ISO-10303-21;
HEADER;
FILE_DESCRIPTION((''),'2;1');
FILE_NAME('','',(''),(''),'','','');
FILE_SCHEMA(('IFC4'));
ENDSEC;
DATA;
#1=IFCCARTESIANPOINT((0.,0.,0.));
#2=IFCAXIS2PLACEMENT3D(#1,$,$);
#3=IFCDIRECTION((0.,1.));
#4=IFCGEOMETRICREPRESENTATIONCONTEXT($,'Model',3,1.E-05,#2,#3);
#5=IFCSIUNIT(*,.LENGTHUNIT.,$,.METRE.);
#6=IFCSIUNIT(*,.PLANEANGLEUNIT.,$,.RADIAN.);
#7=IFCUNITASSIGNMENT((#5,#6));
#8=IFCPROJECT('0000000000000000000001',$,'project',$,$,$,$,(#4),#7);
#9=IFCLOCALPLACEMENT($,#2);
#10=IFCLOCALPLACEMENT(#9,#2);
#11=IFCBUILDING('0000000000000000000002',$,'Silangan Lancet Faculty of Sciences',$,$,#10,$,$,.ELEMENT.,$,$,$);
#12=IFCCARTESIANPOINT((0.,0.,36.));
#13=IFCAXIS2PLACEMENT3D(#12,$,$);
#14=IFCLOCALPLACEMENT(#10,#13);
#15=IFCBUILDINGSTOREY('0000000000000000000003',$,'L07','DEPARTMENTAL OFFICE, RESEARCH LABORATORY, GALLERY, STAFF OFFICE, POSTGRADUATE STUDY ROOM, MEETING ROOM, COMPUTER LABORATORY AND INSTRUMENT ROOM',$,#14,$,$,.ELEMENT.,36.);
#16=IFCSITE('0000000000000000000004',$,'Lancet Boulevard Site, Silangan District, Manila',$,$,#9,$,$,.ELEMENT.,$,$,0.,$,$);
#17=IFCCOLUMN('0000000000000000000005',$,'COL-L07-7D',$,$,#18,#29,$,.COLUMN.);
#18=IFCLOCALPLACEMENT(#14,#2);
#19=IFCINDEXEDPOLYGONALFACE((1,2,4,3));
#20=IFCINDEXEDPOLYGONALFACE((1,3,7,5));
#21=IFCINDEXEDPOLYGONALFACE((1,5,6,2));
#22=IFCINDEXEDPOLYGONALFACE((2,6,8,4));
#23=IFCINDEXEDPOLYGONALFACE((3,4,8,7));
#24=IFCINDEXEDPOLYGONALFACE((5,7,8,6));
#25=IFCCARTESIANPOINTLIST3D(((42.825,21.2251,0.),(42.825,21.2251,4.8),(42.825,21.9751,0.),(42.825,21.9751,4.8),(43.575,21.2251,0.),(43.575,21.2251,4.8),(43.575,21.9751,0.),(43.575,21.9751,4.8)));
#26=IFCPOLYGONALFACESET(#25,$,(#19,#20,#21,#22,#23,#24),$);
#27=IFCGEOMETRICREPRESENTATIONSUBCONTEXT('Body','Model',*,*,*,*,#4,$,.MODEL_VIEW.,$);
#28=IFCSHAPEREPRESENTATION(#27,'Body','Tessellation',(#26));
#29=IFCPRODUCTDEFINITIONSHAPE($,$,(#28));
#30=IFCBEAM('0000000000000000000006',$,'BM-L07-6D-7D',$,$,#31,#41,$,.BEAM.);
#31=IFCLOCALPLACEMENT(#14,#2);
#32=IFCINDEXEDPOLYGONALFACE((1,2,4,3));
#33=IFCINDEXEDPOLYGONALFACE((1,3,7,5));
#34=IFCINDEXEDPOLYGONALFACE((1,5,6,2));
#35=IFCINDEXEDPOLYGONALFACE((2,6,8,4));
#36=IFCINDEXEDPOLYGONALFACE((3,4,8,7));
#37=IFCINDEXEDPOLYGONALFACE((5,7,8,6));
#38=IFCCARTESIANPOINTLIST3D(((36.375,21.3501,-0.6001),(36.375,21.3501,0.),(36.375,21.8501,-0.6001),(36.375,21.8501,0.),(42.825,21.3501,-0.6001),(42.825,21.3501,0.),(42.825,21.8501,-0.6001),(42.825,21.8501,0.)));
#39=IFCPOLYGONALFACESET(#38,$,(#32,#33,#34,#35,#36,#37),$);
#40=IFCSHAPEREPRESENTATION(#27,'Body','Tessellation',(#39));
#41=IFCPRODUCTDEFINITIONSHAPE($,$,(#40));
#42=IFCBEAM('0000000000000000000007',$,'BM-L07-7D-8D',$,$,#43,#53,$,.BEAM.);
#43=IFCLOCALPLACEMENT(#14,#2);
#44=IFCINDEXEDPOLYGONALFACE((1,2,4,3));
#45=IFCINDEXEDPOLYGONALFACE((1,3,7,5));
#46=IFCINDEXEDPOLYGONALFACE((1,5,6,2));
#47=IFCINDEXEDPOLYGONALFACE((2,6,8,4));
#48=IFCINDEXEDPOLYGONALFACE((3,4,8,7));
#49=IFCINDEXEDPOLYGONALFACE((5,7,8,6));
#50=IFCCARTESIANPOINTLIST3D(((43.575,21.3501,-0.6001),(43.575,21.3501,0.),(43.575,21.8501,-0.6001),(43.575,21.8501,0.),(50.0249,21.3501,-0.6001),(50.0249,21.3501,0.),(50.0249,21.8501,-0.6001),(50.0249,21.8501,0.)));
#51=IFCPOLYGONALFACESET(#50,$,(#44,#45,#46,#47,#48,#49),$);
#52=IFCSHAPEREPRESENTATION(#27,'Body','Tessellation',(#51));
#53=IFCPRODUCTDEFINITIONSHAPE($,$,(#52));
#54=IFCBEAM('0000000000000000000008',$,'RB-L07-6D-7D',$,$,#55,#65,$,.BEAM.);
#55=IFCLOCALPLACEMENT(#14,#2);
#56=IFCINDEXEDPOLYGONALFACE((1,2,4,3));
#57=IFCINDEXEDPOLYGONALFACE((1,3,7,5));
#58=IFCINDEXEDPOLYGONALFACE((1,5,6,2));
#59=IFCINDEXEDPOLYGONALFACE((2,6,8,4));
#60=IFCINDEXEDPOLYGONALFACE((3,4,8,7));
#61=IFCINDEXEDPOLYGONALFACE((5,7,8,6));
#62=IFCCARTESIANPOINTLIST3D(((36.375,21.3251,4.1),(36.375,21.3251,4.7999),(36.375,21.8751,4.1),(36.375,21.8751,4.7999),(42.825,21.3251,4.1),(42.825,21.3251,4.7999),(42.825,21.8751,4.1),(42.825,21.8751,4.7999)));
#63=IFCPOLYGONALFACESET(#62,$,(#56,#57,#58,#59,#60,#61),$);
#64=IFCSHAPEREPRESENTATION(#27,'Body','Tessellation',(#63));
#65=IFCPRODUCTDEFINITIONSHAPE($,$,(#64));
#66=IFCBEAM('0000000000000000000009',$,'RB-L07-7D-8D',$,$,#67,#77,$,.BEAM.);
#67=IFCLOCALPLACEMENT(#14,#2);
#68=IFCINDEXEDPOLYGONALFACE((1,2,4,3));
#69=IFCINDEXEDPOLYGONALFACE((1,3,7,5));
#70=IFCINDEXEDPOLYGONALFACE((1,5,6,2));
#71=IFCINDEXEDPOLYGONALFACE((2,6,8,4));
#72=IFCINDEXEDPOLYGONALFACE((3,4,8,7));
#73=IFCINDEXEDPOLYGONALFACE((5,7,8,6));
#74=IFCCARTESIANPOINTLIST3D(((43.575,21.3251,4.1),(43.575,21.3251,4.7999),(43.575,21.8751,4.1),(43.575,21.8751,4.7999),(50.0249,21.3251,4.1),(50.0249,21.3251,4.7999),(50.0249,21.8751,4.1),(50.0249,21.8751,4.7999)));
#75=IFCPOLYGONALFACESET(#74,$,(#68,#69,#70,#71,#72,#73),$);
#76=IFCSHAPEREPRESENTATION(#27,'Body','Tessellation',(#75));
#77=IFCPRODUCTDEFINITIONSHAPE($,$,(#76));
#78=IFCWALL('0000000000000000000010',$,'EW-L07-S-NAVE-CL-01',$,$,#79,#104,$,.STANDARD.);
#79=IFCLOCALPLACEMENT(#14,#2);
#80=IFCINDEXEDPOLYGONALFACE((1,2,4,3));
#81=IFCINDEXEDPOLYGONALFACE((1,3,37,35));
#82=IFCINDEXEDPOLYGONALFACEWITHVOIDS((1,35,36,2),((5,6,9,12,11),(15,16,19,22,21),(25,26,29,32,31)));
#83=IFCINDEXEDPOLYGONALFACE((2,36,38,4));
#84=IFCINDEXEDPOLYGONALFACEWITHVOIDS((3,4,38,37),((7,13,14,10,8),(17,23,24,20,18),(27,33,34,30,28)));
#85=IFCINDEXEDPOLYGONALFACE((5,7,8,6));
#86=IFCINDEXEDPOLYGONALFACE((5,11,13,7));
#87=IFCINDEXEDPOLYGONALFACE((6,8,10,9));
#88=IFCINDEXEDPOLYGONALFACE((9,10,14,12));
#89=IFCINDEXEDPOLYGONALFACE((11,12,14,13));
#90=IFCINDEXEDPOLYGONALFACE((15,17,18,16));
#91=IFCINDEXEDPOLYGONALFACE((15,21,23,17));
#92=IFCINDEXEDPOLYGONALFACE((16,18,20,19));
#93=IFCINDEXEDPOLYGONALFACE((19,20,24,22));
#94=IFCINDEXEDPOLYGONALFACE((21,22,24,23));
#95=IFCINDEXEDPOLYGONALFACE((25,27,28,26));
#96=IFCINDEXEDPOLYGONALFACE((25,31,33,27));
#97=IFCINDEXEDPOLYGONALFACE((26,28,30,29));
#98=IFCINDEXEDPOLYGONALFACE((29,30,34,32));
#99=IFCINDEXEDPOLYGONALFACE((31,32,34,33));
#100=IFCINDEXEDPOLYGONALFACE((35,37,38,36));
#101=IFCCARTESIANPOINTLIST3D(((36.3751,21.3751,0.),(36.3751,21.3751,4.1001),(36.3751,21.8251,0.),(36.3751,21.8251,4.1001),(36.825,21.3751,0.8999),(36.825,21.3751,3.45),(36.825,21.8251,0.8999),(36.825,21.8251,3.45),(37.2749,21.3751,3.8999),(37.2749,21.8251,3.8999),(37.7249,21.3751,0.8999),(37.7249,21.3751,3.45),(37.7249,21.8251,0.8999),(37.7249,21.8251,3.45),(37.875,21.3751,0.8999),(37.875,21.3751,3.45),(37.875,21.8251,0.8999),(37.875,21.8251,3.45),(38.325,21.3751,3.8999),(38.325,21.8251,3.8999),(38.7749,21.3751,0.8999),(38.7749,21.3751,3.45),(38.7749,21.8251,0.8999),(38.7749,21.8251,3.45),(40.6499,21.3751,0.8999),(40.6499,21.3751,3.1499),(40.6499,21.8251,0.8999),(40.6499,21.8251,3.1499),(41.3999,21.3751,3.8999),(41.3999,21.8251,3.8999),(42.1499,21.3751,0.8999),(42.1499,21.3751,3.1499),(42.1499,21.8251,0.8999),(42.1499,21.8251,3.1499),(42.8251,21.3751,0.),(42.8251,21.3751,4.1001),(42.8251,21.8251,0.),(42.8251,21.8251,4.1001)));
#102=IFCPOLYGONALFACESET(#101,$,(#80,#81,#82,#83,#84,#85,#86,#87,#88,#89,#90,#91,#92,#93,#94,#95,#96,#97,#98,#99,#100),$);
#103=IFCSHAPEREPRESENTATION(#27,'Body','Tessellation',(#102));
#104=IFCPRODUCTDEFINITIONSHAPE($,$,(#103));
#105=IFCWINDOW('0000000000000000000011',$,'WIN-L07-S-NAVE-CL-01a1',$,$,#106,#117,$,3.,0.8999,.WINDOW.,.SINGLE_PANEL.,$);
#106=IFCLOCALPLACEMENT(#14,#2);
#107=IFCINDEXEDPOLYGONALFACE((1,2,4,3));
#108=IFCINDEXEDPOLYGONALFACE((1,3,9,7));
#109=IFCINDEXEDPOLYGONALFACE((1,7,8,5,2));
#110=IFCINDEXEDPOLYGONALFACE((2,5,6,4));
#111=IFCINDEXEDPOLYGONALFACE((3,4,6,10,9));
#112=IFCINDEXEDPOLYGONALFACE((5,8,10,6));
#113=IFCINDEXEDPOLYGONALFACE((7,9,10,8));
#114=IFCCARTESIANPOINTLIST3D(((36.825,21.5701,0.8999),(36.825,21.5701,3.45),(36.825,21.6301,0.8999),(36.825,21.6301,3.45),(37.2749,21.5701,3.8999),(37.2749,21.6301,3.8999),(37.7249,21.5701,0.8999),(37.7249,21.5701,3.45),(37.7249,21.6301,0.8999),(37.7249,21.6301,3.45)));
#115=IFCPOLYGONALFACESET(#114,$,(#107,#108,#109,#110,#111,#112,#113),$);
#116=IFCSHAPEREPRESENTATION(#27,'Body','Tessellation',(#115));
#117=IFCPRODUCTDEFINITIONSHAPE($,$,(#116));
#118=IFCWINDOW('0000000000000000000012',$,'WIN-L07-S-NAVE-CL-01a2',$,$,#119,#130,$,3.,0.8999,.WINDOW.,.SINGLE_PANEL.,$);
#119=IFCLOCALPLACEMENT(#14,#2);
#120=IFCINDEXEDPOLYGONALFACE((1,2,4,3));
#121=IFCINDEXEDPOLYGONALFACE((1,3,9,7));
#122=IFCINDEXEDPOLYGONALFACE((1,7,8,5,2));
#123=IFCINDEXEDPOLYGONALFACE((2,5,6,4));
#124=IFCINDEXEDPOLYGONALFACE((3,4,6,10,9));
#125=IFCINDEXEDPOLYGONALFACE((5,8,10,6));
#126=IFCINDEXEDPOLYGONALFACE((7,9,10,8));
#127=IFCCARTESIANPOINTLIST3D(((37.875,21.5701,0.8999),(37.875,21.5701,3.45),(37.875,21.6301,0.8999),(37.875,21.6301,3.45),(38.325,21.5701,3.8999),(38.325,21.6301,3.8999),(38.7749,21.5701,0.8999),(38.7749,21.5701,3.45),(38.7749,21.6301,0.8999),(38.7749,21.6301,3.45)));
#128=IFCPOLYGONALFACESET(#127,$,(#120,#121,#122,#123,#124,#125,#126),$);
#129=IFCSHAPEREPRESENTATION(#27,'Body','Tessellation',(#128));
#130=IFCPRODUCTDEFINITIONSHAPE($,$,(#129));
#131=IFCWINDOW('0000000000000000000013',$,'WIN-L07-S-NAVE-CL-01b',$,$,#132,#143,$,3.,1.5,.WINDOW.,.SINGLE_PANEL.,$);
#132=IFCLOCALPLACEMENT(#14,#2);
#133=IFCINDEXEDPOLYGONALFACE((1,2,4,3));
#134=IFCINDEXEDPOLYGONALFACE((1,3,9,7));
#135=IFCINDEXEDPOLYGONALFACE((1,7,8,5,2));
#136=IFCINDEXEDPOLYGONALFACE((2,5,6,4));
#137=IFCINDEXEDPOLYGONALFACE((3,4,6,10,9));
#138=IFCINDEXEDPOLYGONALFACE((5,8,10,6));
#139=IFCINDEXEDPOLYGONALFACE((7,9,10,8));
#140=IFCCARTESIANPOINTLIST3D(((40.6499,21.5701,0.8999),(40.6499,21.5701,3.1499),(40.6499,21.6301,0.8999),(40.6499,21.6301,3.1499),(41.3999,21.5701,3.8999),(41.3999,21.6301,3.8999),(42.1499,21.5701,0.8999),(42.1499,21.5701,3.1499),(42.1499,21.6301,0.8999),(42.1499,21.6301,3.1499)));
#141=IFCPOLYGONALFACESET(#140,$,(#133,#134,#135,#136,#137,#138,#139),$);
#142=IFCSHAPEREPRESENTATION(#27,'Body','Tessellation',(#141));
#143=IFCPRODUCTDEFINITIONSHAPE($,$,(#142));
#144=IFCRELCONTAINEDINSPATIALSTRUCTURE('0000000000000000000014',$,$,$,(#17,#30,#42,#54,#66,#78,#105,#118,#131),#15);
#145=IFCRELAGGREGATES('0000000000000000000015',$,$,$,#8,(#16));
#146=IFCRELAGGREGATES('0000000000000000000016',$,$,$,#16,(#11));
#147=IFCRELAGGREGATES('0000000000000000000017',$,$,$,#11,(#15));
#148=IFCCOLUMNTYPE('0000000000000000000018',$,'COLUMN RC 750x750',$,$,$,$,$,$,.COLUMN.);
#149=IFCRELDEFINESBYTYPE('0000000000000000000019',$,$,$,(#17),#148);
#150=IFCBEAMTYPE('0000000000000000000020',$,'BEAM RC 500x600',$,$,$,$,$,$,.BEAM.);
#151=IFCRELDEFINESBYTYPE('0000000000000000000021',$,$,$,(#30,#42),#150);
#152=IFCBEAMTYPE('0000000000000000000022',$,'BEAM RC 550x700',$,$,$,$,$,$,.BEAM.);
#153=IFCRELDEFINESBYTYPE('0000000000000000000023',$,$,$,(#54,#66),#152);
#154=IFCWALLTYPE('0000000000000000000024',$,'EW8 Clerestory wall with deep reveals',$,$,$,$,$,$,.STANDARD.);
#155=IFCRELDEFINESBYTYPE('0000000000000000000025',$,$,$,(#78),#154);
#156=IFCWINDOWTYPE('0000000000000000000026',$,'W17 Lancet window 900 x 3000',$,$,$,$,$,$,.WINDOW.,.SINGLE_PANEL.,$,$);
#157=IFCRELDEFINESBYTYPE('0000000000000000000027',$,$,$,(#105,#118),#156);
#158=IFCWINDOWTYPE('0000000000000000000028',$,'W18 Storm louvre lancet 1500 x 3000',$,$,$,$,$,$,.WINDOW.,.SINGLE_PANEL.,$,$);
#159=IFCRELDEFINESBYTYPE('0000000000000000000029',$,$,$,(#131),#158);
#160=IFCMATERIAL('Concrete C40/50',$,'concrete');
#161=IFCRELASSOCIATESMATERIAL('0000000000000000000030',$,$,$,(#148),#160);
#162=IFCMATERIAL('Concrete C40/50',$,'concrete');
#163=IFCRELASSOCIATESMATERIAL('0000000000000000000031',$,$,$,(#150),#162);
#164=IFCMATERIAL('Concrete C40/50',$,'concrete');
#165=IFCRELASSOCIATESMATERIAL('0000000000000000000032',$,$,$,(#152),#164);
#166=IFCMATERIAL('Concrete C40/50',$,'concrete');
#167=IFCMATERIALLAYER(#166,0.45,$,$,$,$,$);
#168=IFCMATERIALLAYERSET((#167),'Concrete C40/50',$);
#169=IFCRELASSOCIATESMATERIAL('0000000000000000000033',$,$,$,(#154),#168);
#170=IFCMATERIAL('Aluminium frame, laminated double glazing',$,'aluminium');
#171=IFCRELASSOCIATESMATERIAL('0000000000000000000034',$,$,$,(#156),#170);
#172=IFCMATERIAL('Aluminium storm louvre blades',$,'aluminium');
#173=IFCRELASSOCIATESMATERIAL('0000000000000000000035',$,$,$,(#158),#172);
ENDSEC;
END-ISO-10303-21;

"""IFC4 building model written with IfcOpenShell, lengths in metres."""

from ifc_helpers import new_model, si_unit, direction, frame, frame_2d, origin, origin_2d, place, context, subcontext, project, spatial, polyline, rectangle, outline, extrude, material, layer, layer_set, material_profile, profile_set, type_object, element, fill, save


model = new_model("IFC4")

# Units and contexts
model_context = context("Model", 3, precision=1e-05, world=origin(), true_north=direction((0.0, 1.0)))
body_context = subcontext(model_context, "Body", "Model", "MODEL_VIEW")
ifc_project = project(units=[si_unit("LENGTHUNIT", "METRE"), si_unit("PLANEANGLEUNIT", "RADIAN")], contexts=[model_context])

# Site, building, storey
site_placement = place(None, origin())
site = spatial("IfcSite", under=ifc_project, at=site_placement, Name="Lancet Boulevard Site, Silangan District, Manila", CompositionType="ELEMENT", RefElevation=0.0)
building_placement = place(site_placement, origin())
building = spatial("IfcBuilding", under=site, at=building_placement, Name="Silangan Lancet Faculty of Sciences", CompositionType="ELEMENT")
storey_placement = place(building_placement, frame((0.0, 0.0, 36.0)))
storey = spatial("IfcBuildingStorey", under=building, at=storey_placement, Name="L07", Description="DEPARTMENTAL OFFICE, RESEARCH LABORATORY, GALLERY, STAFF OFFICE, POSTGRADUATE STUDY ROOM, MEETING ROOM, COMPUTER LABORATORY AND INSTRUMENT ROOM", CompositionType="ELEMENT", Elevation=36.0)

# Column
ifc_material_1 = material(Name="Concrete C40/50", Category="concrete")
ifc_material_profile_1 = material_profile(ifc_material_1, rectangle(XDim=0.75, YDim=0.75, at=origin_2d()), Name="RC 750x750")
ifc_profile_set_1 = profile_set([ifc_material_profile_1], Name="Concrete C40/50")
column_type = type_object("IfcColumnType", Name="COLUMN RC 750x750", PredefinedType="COLUMN", material=ifc_profile_set_1)
column_placement = place(storey_placement, frame((43.2, 21.6001, 0.0), z_axis=(0.0, 0.0, 1.0), x_axis=(1.0, 0.0, 0.0)))
element("IfcColumn", 1, at=column_placement, inside=storey, type_object=column_type, Name="COL-L07-7D", PredefinedType="COLUMN", context=body_context, shape_type="SweptSolid", body=[
    extrude(rectangle(XDim=0.75, YDim=0.75, at=origin_2d()), origin(), (0.0, 0.0, 1.0), 4.8),
])

# Beams
ifc_material_2 = material(Name="Concrete C40/50", Category="concrete")
ifc_material_profile_2 = material_profile(ifc_material_2, rectangle(XDim=0.5, YDim=0.6001, at=origin_2d()), Name="RC 500x600")
ifc_profile_set_2 = profile_set([ifc_material_profile_2], Name="Concrete C40/50")
beam_type_1 = type_object("IfcBeamType", Name="BEAM RC 500x600", PredefinedType="BEAM", material=ifc_profile_set_2)
for number, where, z_axis, x_axis, name in (
    (2, (36.375, 21.6001, -0.3), (1.0, 0.0, 0.0), (0.0, 1.0, 0.0), "BM-L07-6D-7D"),
    (3, (43.575, 21.6001, -0.3), (1.0, 0.0, 0.0), (0.0, 1.0, 0.0), "BM-L07-7D-8D"),
):
    element("IfcBeam", number, at=place(storey_placement, frame(where, z_axis=z_axis, x_axis=x_axis)), inside=storey, type_object=beam_type_1, Name=name, PredefinedType="BEAM", context=body_context, shape_type="SweptSolid", body=[
        extrude(rectangle(XDim=0.5, YDim=0.6001, at=origin_2d()), origin(), (0.0, 0.0, 1.0), 6.45),
    ])
ifc_material_3 = material(Name="Concrete C40/50", Category="concrete")
ifc_material_profile_3 = material_profile(ifc_material_3, rectangle(XDim=0.55, YDim=0.7, at=origin_2d()), Name="RC 550x700")
ifc_profile_set_3 = profile_set([ifc_material_profile_3], Name="Concrete C40/50")
beam_type_2 = type_object("IfcBeamType", Name="BEAM RC 550x700", PredefinedType="BEAM", material=ifc_profile_set_3)
for number, where, z_axis, x_axis, name in (
    (4, (36.375, 21.6001, 4.45), (1.0, 0.0, 0.0), (0.0, 1.0, 0.0), "RB-L07-6D-7D"),
    (5, (43.575, 21.6001, 4.45), (1.0, 0.0, 0.0), (0.0, 1.0, 0.0), "RB-L07-7D-8D"),
):
    element("IfcBeam", number, at=place(storey_placement, frame(where, z_axis=z_axis, x_axis=x_axis)), inside=storey, type_object=beam_type_2, Name=name, PredefinedType="BEAM", context=body_context, shape_type="SweptSolid", body=[
        extrude(rectangle(XDim=0.55, YDim=0.7, at=origin_2d()), origin(), (0.0, 0.0, 1.0), 6.45),
    ])

# Wall, openings, windows
ifc_material_4 = material(Name="Concrete C40/50", Category="concrete")
ifc_layer = layer(ifc_material_4, 0.45)
ifc_layer_set = layer_set([ifc_layer], Name="Concrete C40/50")
wall_type = type_object("IfcWallType", Name="EW8 Clerestory wall with deep reveals", PredefinedType="STANDARD", material=ifc_layer_set)
wall_1_placement = place(storey_placement, frame((36.375, 21.6001, 0.0), z_axis=(0.0, 0.0, 1.0), x_axis=(1.0, 0.0, 0.0)))
wall_1 = element("IfcWall", 6, at=wall_1_placement, inside=storey, type_object=wall_type, Name="EW-L07-S-NAVE-CL-01", PredefinedType="STANDARD", context=body_context, shape_type="SweptSolid", body=[
    extrude(rectangle(XDim=6.45, YDim=0.45, at=frame_2d((3.2251, 0.0))), origin(), (0.0, 0.0, 1.0), 4.1001),
])
opening_1_placement = place(wall_1_placement, frame((0.45, 0.0, 0.8999)))
opening_1 = element("IfcOpeningElement", 7, at=opening_1_placement, cuts=wall_1, PredefinedType="OPENING", context=body_context, shape_type="SweptSolid", body=[
    extrude(outline(polyline([(0.0, 0.0), (0.8999, 0.0), (0.8999, 2.55), (0.45, 3.0), (0.0, 2.55), (0.0, 0.0)])), frame((0.0, 0.2349, 0.0), z_axis=(0.0, -1.0, 0.0), x_axis=(1.0, 0.0, 0.0)), (0.0, 0.0, 1.0), 0.47),
])
opening_2_placement = place(wall_1_placement, frame((1.5, 0.0, 0.8999)))
opening_2 = element("IfcOpeningElement", 8, at=opening_2_placement, cuts=wall_1, PredefinedType="OPENING", context=body_context, shape_type="SweptSolid", body=[
    extrude(outline(polyline([(0.0, 0.0), (0.8999, 0.0), (0.8999, 2.55), (0.45, 3.0), (0.0, 2.55), (0.0, 0.0)])), frame((0.0, 0.2349, 0.0), z_axis=(0.0, -1.0, 0.0), x_axis=(1.0, 0.0, 0.0)), (0.0, 0.0, 1.0), 0.47),
])
opening_3_placement = place(wall_1_placement, frame((4.2749, 0.0, 0.8999)))
opening_3 = element("IfcOpeningElement", 9, at=opening_3_placement, cuts=wall_1, PredefinedType="OPENING", context=body_context, shape_type="SweptSolid", body=[
    extrude(outline(polyline([(0.0, 0.0), (1.5, 0.0), (1.5, 2.25), (0.75, 3.0), (0.0, 2.25), (0.0, 0.0)])), frame((0.0, 0.2349, 0.0), z_axis=(0.0, -1.0, 0.0), x_axis=(1.0, 0.0, 0.0)), (0.0, 0.0, 1.0), 0.47),
])
ifc_material_5 = material(Name="Aluminium frame, laminated double glazing", Category="aluminium")
window_type_1 = type_object("IfcWindowType", Name="W17 Lancet window 900 x 3000", PartitioningType="SINGLE_PANEL", PredefinedType="WINDOW", material=ifc_material_5)
window_1_placement = place(opening_1_placement, origin())
window_1 = element("IfcWindow", 10, at=window_1_placement, inside=storey, type_object=window_type_1, Name="WIN-L07-S-NAVE-CL-01a1", OverallHeight=3.0, OverallWidth=0.8999, PartitioningType="SINGLE_PANEL", PredefinedType="WINDOW", context=body_context, shape_type="SweptSolid", body=[
    extrude(outline(polyline([(0.0, 0.0), (0.8999, 0.0), (0.8999, 2.55), (0.45, 3.0), (0.0, 2.55), (0.0, 0.0)])), frame((0.0, 0.03, 0.0), z_axis=(0.0, -1.0, 0.0), x_axis=(1.0, 0.0, 0.0)), (0.0, 0.0, 1.0), 0.0601),
])
fill(opening_1, window_1)
window_2_placement = place(opening_2_placement, origin())
window_2 = element("IfcWindow", 11, at=window_2_placement, inside=storey, type_object=window_type_1, Name="WIN-L07-S-NAVE-CL-01a2", OverallHeight=3.0, OverallWidth=0.8999, PartitioningType="SINGLE_PANEL", PredefinedType="WINDOW", context=body_context, shape_type="SweptSolid", body=[
    extrude(outline(polyline([(0.0, 0.0), (0.8999, 0.0), (0.8999, 2.55), (0.45, 3.0), (0.0, 2.55), (0.0, 0.0)])), frame((0.0, 0.03, 0.0), z_axis=(0.0, -1.0, 0.0), x_axis=(1.0, 0.0, 0.0)), (0.0, 0.0, 1.0), 0.0601),
])
fill(opening_2, window_2)
ifc_material_6 = material(Name="Aluminium storm louvre blades", Category="aluminium")
window_type_2 = type_object("IfcWindowType", Name="W18 Storm louvre lancet 1500 x 3000", PartitioningType="SINGLE_PANEL", PredefinedType="WINDOW", material=ifc_material_6)
window_3_placement = place(opening_3_placement, origin())
window_3 = element("IfcWindow", 12, at=window_3_placement, inside=storey, type_object=window_type_2, Name="WIN-L07-S-NAVE-CL-01b", OverallHeight=3.0, OverallWidth=1.5, PartitioningType="SINGLE_PANEL", PredefinedType="WINDOW", context=body_context, shape_type="SweptSolid", body=[
    extrude(outline(polyline([(0.0, 0.0), (1.5, 0.0), (1.5, 2.25), (0.75, 3.0), (0.0, 2.25), (0.0, 0.0)])), frame((0.0, 0.03, 0.0), z_axis=(0.0, -1.0, 0.0), x_axis=(1.0, 0.0, 0.0)), (0.0, 0.0, 1.0), 0.0601),
])
fill(opening_3, window_3)

save(model, "model.ifc")
